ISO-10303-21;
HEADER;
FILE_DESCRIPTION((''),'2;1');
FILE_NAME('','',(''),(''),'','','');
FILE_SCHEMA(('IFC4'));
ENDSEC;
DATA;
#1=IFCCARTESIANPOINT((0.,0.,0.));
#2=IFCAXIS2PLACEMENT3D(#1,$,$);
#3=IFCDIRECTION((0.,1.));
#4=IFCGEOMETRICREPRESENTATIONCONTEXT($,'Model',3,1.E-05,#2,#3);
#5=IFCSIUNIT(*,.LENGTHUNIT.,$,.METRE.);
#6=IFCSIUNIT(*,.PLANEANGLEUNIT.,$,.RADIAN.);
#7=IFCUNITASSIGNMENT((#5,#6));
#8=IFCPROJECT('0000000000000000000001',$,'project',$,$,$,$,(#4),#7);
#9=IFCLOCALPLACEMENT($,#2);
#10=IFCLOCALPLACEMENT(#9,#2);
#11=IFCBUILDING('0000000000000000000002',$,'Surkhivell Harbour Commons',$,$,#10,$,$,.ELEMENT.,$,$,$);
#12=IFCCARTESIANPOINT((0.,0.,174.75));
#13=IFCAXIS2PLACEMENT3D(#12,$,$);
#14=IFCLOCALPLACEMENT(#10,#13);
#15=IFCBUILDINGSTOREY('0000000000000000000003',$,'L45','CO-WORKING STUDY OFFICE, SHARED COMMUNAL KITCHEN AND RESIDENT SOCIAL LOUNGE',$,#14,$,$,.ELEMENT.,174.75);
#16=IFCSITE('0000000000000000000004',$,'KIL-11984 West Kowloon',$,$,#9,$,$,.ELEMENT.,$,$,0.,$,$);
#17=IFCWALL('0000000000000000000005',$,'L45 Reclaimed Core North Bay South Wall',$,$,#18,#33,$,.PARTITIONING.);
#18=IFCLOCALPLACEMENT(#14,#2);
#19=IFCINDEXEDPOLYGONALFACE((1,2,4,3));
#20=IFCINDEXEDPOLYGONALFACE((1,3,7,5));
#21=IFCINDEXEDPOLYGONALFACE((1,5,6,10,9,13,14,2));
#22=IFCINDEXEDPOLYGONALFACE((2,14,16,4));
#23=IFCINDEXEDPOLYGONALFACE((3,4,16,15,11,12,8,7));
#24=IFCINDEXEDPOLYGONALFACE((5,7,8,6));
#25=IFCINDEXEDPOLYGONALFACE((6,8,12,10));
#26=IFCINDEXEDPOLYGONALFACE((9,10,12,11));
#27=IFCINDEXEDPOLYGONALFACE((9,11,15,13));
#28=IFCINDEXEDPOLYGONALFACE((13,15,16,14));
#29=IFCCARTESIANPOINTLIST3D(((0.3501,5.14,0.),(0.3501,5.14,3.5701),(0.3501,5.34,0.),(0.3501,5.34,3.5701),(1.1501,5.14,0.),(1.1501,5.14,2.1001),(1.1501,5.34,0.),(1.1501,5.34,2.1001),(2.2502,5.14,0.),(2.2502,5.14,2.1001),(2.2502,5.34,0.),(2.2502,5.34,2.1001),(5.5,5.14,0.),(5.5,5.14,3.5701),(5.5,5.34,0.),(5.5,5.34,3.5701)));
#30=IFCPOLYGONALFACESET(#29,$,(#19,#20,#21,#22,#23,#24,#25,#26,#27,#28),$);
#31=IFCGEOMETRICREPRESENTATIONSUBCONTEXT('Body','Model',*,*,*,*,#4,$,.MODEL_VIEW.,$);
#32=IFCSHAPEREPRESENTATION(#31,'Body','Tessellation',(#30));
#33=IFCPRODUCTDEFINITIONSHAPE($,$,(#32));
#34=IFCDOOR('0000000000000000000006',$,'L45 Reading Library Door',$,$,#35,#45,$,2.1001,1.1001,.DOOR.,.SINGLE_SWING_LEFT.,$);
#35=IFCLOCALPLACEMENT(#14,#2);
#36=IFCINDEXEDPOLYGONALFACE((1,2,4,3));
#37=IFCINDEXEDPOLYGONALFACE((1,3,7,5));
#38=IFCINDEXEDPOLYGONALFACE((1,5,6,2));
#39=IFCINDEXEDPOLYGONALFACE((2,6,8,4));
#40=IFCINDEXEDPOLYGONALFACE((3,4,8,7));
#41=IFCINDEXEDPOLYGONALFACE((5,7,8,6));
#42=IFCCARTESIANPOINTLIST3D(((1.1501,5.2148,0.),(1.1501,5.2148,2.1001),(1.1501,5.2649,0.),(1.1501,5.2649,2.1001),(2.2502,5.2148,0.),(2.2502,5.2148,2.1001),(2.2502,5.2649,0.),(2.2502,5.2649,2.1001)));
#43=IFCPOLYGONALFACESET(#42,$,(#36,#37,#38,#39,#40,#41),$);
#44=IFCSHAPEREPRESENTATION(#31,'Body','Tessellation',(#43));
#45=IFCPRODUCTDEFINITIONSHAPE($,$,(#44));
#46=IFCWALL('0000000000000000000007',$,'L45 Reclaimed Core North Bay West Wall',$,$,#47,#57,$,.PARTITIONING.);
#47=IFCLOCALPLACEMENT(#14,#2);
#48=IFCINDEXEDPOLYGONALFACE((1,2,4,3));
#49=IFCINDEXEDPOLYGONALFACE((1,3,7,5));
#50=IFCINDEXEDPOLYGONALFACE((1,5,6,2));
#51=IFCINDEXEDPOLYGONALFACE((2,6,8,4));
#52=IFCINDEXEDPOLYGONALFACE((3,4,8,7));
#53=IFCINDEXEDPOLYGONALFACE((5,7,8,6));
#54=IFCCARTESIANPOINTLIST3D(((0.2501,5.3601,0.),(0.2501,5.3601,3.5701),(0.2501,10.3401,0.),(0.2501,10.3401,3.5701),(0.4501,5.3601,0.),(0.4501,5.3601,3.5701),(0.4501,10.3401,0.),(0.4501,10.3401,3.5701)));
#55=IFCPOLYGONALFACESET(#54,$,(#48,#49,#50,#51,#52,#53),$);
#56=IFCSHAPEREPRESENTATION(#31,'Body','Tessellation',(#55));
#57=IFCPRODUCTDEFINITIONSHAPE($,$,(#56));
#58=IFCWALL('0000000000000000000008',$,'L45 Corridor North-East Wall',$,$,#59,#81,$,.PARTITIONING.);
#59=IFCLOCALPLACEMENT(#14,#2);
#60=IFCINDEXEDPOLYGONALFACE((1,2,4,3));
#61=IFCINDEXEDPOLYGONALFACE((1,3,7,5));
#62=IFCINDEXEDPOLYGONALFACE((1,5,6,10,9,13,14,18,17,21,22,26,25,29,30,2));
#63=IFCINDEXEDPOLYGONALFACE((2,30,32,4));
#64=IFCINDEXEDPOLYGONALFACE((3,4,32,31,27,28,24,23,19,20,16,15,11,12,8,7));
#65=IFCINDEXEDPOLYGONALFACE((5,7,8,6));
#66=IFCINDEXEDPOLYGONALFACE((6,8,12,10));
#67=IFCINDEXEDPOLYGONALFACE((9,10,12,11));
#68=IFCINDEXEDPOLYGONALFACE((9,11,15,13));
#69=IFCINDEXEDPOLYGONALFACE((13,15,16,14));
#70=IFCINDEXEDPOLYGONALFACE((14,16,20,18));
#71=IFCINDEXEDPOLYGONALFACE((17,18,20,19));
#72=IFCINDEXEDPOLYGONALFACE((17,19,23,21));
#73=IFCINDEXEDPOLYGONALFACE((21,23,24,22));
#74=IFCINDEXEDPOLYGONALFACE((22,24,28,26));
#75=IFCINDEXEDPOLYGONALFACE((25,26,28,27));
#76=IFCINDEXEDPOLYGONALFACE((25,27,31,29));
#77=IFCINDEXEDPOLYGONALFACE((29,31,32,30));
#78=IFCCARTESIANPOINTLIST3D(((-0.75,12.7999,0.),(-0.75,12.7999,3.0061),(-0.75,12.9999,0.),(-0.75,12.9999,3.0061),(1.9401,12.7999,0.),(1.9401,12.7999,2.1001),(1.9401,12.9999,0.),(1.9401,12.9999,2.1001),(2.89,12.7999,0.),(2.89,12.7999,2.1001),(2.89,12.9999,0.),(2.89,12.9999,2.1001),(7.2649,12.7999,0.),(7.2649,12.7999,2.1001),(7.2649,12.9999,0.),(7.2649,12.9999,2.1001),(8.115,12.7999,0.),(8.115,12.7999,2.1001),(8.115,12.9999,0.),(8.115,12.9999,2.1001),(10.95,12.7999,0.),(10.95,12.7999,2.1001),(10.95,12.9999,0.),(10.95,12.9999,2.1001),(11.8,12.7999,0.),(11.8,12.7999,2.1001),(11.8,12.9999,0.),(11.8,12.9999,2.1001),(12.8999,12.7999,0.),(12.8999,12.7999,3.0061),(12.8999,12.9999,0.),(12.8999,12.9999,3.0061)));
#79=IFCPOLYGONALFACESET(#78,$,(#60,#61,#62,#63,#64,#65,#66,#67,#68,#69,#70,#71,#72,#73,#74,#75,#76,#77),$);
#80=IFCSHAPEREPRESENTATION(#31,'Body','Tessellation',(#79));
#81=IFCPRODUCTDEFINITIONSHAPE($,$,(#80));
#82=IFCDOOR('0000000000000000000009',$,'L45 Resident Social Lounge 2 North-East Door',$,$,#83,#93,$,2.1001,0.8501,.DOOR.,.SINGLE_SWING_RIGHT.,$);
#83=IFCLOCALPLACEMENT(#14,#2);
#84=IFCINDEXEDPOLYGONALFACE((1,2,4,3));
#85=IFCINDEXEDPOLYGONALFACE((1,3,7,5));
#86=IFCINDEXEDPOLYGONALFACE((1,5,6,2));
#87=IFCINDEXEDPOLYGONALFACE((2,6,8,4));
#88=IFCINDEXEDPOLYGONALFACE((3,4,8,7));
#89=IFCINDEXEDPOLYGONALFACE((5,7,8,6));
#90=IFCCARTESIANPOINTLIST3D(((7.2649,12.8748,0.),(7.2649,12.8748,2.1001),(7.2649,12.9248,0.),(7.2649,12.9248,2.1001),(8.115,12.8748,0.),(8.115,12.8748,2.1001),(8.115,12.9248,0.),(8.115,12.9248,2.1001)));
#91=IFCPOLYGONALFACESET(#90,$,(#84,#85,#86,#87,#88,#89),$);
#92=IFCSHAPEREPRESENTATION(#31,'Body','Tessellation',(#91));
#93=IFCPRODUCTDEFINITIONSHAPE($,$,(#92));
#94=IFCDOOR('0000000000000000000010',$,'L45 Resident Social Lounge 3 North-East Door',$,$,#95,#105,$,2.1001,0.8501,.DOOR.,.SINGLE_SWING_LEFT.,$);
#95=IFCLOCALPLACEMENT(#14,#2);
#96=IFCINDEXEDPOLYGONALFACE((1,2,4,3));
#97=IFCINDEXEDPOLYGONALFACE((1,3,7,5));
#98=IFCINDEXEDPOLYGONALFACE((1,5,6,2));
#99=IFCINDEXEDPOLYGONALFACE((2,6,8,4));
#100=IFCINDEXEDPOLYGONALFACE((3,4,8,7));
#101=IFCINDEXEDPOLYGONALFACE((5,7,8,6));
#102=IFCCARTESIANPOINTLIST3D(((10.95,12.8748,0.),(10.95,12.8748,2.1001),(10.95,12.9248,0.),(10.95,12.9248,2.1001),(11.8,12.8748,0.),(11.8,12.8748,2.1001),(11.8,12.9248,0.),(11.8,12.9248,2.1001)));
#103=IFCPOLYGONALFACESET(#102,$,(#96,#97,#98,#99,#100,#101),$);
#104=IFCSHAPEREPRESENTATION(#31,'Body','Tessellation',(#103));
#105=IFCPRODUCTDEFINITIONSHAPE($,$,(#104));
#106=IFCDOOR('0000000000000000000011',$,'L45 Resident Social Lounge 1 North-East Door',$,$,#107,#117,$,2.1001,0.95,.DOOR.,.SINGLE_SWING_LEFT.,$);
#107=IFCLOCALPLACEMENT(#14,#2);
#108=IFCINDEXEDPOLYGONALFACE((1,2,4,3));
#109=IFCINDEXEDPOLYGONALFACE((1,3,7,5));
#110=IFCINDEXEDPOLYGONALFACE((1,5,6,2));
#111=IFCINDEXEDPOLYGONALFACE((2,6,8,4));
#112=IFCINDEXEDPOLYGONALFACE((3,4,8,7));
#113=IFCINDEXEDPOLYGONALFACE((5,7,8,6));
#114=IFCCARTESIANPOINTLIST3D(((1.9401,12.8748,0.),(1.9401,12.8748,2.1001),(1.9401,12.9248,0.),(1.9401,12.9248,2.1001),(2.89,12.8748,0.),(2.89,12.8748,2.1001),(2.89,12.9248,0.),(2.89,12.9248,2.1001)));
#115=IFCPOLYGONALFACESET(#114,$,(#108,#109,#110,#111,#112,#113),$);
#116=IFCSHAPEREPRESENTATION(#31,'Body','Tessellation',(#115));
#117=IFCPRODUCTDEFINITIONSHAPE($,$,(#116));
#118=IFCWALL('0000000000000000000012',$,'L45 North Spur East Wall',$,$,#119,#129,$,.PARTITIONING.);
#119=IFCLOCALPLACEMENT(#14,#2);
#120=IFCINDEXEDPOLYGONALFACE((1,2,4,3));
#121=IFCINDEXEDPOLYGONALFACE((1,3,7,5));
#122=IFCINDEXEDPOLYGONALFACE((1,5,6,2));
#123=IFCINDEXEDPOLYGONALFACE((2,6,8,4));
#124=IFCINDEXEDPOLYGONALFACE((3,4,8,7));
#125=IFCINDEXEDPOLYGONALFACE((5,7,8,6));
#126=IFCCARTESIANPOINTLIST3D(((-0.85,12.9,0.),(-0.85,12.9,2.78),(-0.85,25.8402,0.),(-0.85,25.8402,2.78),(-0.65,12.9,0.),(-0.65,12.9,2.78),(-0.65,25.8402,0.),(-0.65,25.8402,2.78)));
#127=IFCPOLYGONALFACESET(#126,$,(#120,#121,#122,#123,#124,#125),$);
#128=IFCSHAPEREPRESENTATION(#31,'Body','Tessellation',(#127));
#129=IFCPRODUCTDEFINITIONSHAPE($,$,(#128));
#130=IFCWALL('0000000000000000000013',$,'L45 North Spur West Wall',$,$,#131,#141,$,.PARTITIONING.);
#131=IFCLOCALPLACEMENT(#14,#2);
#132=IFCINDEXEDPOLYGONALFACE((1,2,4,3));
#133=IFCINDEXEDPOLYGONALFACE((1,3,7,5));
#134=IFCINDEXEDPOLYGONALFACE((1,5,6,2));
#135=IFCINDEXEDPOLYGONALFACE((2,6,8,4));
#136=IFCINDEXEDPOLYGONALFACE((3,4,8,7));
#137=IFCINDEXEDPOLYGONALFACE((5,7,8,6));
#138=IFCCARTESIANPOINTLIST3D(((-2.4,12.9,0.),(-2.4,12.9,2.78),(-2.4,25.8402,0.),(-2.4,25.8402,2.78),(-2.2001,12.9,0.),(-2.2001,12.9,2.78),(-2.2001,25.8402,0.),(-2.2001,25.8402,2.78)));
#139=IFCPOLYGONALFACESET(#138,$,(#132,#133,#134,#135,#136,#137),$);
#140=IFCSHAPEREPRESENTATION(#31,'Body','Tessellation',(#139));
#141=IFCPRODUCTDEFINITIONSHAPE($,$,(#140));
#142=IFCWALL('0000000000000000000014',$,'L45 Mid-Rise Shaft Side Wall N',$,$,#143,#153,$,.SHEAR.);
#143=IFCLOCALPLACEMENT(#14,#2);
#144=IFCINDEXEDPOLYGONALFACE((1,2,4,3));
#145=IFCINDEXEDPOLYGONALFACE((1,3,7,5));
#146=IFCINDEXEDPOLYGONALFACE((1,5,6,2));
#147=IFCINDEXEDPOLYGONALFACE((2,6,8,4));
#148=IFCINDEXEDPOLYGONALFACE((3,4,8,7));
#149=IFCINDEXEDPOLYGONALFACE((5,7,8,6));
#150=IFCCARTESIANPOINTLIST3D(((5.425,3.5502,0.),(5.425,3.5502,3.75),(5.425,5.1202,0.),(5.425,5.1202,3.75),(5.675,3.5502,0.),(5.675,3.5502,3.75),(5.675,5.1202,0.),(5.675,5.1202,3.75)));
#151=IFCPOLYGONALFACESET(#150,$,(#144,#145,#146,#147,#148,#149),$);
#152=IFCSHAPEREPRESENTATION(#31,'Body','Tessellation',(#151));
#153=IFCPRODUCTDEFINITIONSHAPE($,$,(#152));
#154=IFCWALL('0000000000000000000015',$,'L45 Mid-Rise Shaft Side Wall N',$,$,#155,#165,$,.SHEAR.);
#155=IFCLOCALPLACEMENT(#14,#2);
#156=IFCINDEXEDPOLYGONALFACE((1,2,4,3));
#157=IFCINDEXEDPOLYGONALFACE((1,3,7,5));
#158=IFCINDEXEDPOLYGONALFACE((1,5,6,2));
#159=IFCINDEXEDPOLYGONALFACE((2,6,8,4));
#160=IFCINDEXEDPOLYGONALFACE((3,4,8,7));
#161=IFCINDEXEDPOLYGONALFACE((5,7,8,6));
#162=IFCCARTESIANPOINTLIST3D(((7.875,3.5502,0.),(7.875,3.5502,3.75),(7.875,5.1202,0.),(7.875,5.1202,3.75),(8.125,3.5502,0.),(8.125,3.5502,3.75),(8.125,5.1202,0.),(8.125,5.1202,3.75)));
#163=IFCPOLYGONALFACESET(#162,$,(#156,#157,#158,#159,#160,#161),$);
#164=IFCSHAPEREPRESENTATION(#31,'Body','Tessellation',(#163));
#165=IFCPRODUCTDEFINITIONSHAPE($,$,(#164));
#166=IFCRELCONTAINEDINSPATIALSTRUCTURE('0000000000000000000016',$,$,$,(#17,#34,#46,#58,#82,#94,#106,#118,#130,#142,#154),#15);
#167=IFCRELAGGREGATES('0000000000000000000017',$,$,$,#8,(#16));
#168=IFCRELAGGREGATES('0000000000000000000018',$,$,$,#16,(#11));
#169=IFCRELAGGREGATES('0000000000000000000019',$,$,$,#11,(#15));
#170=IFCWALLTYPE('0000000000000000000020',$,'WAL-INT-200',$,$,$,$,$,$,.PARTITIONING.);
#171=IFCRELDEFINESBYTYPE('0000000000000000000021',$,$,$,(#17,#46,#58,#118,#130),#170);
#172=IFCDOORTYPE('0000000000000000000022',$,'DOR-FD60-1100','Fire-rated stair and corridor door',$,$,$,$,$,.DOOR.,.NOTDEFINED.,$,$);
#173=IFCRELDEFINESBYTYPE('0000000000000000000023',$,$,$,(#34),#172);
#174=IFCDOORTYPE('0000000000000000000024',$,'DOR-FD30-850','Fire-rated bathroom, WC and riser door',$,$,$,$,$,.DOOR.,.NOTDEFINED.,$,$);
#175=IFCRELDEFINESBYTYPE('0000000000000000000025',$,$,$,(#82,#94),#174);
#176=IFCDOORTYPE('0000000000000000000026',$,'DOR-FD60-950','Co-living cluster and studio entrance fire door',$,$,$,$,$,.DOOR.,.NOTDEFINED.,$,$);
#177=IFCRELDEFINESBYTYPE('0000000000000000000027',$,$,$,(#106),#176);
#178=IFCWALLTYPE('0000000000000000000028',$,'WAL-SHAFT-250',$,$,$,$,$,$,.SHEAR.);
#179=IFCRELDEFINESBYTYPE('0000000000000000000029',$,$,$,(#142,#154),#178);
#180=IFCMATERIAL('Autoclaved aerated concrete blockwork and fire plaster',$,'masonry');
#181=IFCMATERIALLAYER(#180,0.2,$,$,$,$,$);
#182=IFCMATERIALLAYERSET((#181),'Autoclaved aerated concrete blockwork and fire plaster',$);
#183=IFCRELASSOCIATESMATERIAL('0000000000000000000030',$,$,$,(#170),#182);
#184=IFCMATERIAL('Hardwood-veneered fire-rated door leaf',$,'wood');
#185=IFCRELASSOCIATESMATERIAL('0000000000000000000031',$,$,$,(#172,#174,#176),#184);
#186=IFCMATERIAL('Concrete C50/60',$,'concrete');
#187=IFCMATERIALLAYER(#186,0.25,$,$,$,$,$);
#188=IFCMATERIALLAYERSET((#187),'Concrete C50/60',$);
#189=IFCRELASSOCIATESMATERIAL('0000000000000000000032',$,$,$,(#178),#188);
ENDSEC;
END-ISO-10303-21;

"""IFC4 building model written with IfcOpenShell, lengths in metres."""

from ifc_helpers import new_model, si_unit, direction, frame, frame_2d, origin, place, context, subcontext, project, spatial, rectangle, extrude, material, layer, layer_set, type_object, element, fill, save


model = new_model("IFC4")

# Units and contexts
model_context = context("Model", 3, precision=1e-05, world=origin(), true_north=direction((0.0, 1.0)))
body_context = subcontext(model_context, "Body", "Model", "MODEL_VIEW")
ifc_project = project(units=[si_unit("LENGTHUNIT", "METRE"), si_unit("PLANEANGLEUNIT", "RADIAN")], contexts=[model_context])

# Site, building, storey
site_placement = place(None, origin())
site = spatial("IfcSite", under=ifc_project, at=site_placement, Name="KIL-11984 West Kowloon", CompositionType="ELEMENT", RefElevation=0.0)
building_placement = place(site_placement, origin())
building = spatial("IfcBuilding", under=site, at=building_placement, Name="Surkhivell Harbour Commons", CompositionType="ELEMENT")
storey_placement = place(building_placement, frame((0.0, 0.0, 174.75)))
storey = spatial("IfcBuildingStorey", under=building, at=storey_placement, Name="L45", Description="CO-WORKING STUDY OFFICE, SHARED COMMUNAL KITCHEN AND RESIDENT SOCIAL LOUNGE", CompositionType="ELEMENT", Elevation=174.75)

# Wall, opening, door
ifc_material_1 = material(Name="Autoclaved aerated concrete blockwork and fire plaster", Category="masonry")
ifc_layer_1 = layer(ifc_material_1, 0.2)
ifc_layer_set_1 = layer_set([ifc_layer_1], Name="Autoclaved aerated concrete blockwork and fire plaster")
wall_type_1 = type_object("IfcWallType", Name="WAL-INT-200", PredefinedType="PARTITIONING", material=ifc_layer_set_1)
wall_1_placement = place(storey_placement, frame((0.3501, 5.24, 0.0), z_axis=(0.0, 0.0, 1.0), x_axis=(1.0, 0.0, 0.0)))
wall_1 = element("IfcWall", 1, at=wall_1_placement, inside=storey, type_object=wall_type_1, Name="L45 Reclaimed Core North Bay South Wall", PredefinedType="PARTITIONING", context=body_context, shape_type="SweptSolid", body=[
    extrude(rectangle(XDim=5.1499, YDim=0.2, at=frame_2d((2.575, 0.0))), origin(), (0.0, 0.0, 1.0), 3.5701),
])
opening_1_placement = place(wall_1_placement, frame((0.8, 0.0, 0.0)))
opening_1 = element("IfcOpeningElement", 2, at=opening_1_placement, cuts=wall_1, PredefinedType="OPENING", context=body_context, shape_type="SweptSolid", body=[
    extrude(rectangle(XDim=1.1001, YDim=2.1001, at=frame_2d((0.55, 1.05))), frame((0.0, 0.1099, 0.0), z_axis=(0.0, -1.0, 0.0), x_axis=(1.0, 0.0, 0.0)), (0.0, 0.0, 1.0), 0.22),
])
ifc_material_2 = material(Name="Hardwood-veneered fire-rated door leaf", Category="wood")
door_type_1 = type_object("IfcDoorType", Name="DOR-FD60-1100", Description="Fire-rated stair and corridor door", OperationType="NOTDEFINED", PredefinedType="DOOR", material=ifc_material_2)
door_1_placement = place(opening_1_placement, origin())
door_1 = element("IfcDoor", 3, at=door_1_placement, inside=storey, type_object=door_type_1, Name="L45 Reading Library Door", OperationType="SINGLE_SWING_LEFT", OverallHeight=2.1001, OverallWidth=1.1001, PredefinedType="DOOR", context=body_context, shape_type="SweptSolid", body=[
    extrude(rectangle(XDim=1.1001, YDim=2.1001, at=frame_2d((0.55, 1.05))), frame((0.0, 0.0249, 0.0), z_axis=(0.0, -1.0, 0.0), x_axis=(1.0, 0.0, 0.0)), (0.0, 0.0, 1.0), 0.05),
])
fill(opening_1, door_1)

# Wall
wall_2_placement = place(storey_placement, frame((0.3501, 5.3601, 0.0), z_axis=(0.0, 0.0, 1.0), x_axis=(0.0, 1.0, 0.0)))
element("IfcWall", 4, at=wall_2_placement, inside=storey, type_object=wall_type_1, Name="L45 Reclaimed Core North Bay West Wall", PredefinedType="PARTITIONING", context=body_context, shape_type="SweptSolid", body=[
    extrude(rectangle(XDim=4.98, YDim=0.2, at=frame_2d((2.49, 0.0))), origin(), (0.0, 0.0, 1.0), 3.5701),
])

# Wall, openings, doors
wall_3_placement = place(storey_placement, frame((-0.75, 12.8999, 0.0), z_axis=(0.0, 0.0, 1.0), x_axis=(1.0, 0.0, 0.0)))
wall_3 = element("IfcWall", 5, at=wall_3_placement, inside=storey, type_object=wall_type_1, Name="L45 Corridor North-East Wall", PredefinedType="PARTITIONING", context=body_context, shape_type="SweptSolid", body=[
    extrude(rectangle(XDim=13.6499, YDim=0.2, at=frame_2d((6.825, 0.0))), origin(), (0.0, 0.0, 1.0), 3.0061),
])
opening_2_placement = place(wall_3_placement, frame((2.6899, 0.0, 0.0)))
opening_2 = element("IfcOpeningElement", 6, at=opening_2_placement, cuts=wall_3, PredefinedType="OPENING", context=body_context, shape_type="SweptSolid", body=[
    extrude(rectangle(XDim=0.95, YDim=2.1001, at=frame_2d((0.4751, 1.05))), frame((0.0, 0.1099, 0.0), z_axis=(0.0, -1.0, 0.0), x_axis=(1.0, 0.0, 0.0)), (0.0, 0.0, 1.0), 0.22),
])
opening_3_placement = place(wall_3_placement, frame((8.0149, 0.0, 0.0)))
opening_3 = element("IfcOpeningElement", 7, at=opening_3_placement, cuts=wall_3, PredefinedType="OPENING", context=body_context, shape_type="SweptSolid", body=[
    extrude(rectangle(XDim=0.8501, YDim=2.1001, at=frame_2d((0.425, 1.05))), frame((0.0, 0.1099, 0.0), z_axis=(0.0, -1.0, 0.0), x_axis=(1.0, 0.0, 0.0)), (0.0, 0.0, 1.0), 0.22),
])
opening_4_placement = place(wall_3_placement, frame((11.7, 0.0, 0.0)))
opening_4 = element("IfcOpeningElement", 8, at=opening_4_placement, cuts=wall_3, PredefinedType="OPENING", context=body_context, shape_type="SweptSolid", body=[
    extrude(rectangle(XDim=0.8501, YDim=2.1001, at=frame_2d((0.425, 1.05))), frame((0.0, 0.1099, 0.0), z_axis=(0.0, -1.0, 0.0), x_axis=(1.0, 0.0, 0.0)), (0.0, 0.0, 1.0), 0.22),
])
door_type_2 = type_object("IfcDoorType", Name="DOR-FD30-850", Description="Fire-rated bathroom, WC and riser door", OperationType="NOTDEFINED", PredefinedType="DOOR", material=ifc_material_2)
door_2_placement = place(opening_3_placement, origin())
door_2 = element("IfcDoor", 9, at=door_2_placement, inside=storey, type_object=door_type_2, Name="L45 Resident Social Lounge 2 North-East Door", OperationType="SINGLE_SWING_RIGHT", OverallHeight=2.1001, OverallWidth=0.8501, PredefinedType="DOOR", context=body_context, shape_type="SweptSolid", body=[
    extrude(rectangle(XDim=0.8501, YDim=2.1001, at=frame_2d((0.425, 1.05))), frame((0.0, 0.0249, 0.0), z_axis=(0.0, -1.0, 0.0), x_axis=(1.0, 0.0, 0.0)), (0.0, 0.0, 1.0), 0.05),
])
fill(opening_3, door_2)
door_3_placement = place(opening_4_placement, origin())
door_3 = element("IfcDoor", 10, at=door_3_placement, inside=storey, type_object=door_type_2, Name="L45 Resident Social Lounge 3 North-East Door", OperationType="SINGLE_SWING_LEFT", OverallHeight=2.1001, OverallWidth=0.8501, PredefinedType="DOOR", context=body_context, shape_type="SweptSolid", body=[
    extrude(rectangle(XDim=0.8501, YDim=2.1001, at=frame_2d((0.425, 1.05))), frame((0.0, 0.0249, 0.0), z_axis=(0.0, -1.0, 0.0), x_axis=(1.0, 0.0, 0.0)), (0.0, 0.0, 1.0), 0.05),
])
fill(opening_4, door_3)
door_type_3 = type_object("IfcDoorType", Name="DOR-FD60-950", Description="Co-living cluster and studio entrance fire door", OperationType="NOTDEFINED", PredefinedType="DOOR", material=ifc_material_2)
door_4_placement = place(opening_2_placement, origin())
door_4 = element("IfcDoor", 11, at=door_4_placement, inside=storey, type_object=door_type_3, Name="L45 Resident Social Lounge 1 North-East Door", OperationType="SINGLE_SWING_LEFT", OverallHeight=2.1001, OverallWidth=0.95, PredefinedType="DOOR", context=body_context, shape_type="SweptSolid", body=[
    extrude(rectangle(XDim=0.95, YDim=2.1001, at=frame_2d((0.4751, 1.05))), frame((0.0, 0.0249, 0.0), z_axis=(0.0, -1.0, 0.0), x_axis=(1.0, 0.0, 0.0)), (0.0, 0.0, 1.0), 0.05),
])
fill(opening_2, door_4)

# Walls
for number, where, z_axis, x_axis, name in (
    (12, (-0.75, 12.8999, 0.0), (0.0, 0.0, 1.0), (0.0, 1.0, 0.0), "L45 North Spur East Wall"),
    (13, (-2.3, 12.8999, 0.0), (0.0, 0.0, 1.0), (0.0, 1.0, 0.0), "L45 North Spur West Wall"),
):
    element("IfcWall", number, at=place(storey_placement, frame(where, z_axis=z_axis, x_axis=x_axis)), inside=storey, type_object=wall_type_1, Name=name, PredefinedType="PARTITIONING", context=body_context, shape_type="SweptSolid", body=[
        extrude(rectangle(XDim=12.9402, YDim=0.2, at=frame_2d((6.4702, 0.0))), origin(), (0.0, 0.0, 1.0), 2.78),
    ])
ifc_material_3 = material(Name="Concrete C50/60", Category="concrete")
ifc_layer_2 = layer(ifc_material_3, 0.25)
ifc_layer_set_2 = layer_set([ifc_layer_2], Name="Concrete C50/60")
wall_type_2 = type_object("IfcWallType", Name="WAL-SHAFT-250", PredefinedType="SHEAR", material=ifc_layer_set_2)
for number, where, z_axis, x_axis, name in (
    (14, (5.55, 3.55, 0.0), (0.0, 0.0, 1.0), (0.0, 1.0, 0.0), "L45 Mid-Rise Shaft Side Wall N"),
    (15, (8.0, 3.55, 0.0), (0.0, 0.0, 1.0), (0.0, 1.0, 0.0), "L45 Mid-Rise Shaft Side Wall N"),
):
    element("IfcWall", number, at=place(storey_placement, frame(where, z_axis=z_axis, x_axis=x_axis)), inside=storey, type_object=wall_type_2, Name=name, PredefinedType="SHEAR", context=body_context, shape_type="SweptSolid", body=[
        extrude(rectangle(XDim=1.5701, YDim=0.25, at=frame_2d((0.7852, 0.0))), origin(), (0.0, 0.0, 1.0), 3.75),
    ])

save(model, "model.ifc")
